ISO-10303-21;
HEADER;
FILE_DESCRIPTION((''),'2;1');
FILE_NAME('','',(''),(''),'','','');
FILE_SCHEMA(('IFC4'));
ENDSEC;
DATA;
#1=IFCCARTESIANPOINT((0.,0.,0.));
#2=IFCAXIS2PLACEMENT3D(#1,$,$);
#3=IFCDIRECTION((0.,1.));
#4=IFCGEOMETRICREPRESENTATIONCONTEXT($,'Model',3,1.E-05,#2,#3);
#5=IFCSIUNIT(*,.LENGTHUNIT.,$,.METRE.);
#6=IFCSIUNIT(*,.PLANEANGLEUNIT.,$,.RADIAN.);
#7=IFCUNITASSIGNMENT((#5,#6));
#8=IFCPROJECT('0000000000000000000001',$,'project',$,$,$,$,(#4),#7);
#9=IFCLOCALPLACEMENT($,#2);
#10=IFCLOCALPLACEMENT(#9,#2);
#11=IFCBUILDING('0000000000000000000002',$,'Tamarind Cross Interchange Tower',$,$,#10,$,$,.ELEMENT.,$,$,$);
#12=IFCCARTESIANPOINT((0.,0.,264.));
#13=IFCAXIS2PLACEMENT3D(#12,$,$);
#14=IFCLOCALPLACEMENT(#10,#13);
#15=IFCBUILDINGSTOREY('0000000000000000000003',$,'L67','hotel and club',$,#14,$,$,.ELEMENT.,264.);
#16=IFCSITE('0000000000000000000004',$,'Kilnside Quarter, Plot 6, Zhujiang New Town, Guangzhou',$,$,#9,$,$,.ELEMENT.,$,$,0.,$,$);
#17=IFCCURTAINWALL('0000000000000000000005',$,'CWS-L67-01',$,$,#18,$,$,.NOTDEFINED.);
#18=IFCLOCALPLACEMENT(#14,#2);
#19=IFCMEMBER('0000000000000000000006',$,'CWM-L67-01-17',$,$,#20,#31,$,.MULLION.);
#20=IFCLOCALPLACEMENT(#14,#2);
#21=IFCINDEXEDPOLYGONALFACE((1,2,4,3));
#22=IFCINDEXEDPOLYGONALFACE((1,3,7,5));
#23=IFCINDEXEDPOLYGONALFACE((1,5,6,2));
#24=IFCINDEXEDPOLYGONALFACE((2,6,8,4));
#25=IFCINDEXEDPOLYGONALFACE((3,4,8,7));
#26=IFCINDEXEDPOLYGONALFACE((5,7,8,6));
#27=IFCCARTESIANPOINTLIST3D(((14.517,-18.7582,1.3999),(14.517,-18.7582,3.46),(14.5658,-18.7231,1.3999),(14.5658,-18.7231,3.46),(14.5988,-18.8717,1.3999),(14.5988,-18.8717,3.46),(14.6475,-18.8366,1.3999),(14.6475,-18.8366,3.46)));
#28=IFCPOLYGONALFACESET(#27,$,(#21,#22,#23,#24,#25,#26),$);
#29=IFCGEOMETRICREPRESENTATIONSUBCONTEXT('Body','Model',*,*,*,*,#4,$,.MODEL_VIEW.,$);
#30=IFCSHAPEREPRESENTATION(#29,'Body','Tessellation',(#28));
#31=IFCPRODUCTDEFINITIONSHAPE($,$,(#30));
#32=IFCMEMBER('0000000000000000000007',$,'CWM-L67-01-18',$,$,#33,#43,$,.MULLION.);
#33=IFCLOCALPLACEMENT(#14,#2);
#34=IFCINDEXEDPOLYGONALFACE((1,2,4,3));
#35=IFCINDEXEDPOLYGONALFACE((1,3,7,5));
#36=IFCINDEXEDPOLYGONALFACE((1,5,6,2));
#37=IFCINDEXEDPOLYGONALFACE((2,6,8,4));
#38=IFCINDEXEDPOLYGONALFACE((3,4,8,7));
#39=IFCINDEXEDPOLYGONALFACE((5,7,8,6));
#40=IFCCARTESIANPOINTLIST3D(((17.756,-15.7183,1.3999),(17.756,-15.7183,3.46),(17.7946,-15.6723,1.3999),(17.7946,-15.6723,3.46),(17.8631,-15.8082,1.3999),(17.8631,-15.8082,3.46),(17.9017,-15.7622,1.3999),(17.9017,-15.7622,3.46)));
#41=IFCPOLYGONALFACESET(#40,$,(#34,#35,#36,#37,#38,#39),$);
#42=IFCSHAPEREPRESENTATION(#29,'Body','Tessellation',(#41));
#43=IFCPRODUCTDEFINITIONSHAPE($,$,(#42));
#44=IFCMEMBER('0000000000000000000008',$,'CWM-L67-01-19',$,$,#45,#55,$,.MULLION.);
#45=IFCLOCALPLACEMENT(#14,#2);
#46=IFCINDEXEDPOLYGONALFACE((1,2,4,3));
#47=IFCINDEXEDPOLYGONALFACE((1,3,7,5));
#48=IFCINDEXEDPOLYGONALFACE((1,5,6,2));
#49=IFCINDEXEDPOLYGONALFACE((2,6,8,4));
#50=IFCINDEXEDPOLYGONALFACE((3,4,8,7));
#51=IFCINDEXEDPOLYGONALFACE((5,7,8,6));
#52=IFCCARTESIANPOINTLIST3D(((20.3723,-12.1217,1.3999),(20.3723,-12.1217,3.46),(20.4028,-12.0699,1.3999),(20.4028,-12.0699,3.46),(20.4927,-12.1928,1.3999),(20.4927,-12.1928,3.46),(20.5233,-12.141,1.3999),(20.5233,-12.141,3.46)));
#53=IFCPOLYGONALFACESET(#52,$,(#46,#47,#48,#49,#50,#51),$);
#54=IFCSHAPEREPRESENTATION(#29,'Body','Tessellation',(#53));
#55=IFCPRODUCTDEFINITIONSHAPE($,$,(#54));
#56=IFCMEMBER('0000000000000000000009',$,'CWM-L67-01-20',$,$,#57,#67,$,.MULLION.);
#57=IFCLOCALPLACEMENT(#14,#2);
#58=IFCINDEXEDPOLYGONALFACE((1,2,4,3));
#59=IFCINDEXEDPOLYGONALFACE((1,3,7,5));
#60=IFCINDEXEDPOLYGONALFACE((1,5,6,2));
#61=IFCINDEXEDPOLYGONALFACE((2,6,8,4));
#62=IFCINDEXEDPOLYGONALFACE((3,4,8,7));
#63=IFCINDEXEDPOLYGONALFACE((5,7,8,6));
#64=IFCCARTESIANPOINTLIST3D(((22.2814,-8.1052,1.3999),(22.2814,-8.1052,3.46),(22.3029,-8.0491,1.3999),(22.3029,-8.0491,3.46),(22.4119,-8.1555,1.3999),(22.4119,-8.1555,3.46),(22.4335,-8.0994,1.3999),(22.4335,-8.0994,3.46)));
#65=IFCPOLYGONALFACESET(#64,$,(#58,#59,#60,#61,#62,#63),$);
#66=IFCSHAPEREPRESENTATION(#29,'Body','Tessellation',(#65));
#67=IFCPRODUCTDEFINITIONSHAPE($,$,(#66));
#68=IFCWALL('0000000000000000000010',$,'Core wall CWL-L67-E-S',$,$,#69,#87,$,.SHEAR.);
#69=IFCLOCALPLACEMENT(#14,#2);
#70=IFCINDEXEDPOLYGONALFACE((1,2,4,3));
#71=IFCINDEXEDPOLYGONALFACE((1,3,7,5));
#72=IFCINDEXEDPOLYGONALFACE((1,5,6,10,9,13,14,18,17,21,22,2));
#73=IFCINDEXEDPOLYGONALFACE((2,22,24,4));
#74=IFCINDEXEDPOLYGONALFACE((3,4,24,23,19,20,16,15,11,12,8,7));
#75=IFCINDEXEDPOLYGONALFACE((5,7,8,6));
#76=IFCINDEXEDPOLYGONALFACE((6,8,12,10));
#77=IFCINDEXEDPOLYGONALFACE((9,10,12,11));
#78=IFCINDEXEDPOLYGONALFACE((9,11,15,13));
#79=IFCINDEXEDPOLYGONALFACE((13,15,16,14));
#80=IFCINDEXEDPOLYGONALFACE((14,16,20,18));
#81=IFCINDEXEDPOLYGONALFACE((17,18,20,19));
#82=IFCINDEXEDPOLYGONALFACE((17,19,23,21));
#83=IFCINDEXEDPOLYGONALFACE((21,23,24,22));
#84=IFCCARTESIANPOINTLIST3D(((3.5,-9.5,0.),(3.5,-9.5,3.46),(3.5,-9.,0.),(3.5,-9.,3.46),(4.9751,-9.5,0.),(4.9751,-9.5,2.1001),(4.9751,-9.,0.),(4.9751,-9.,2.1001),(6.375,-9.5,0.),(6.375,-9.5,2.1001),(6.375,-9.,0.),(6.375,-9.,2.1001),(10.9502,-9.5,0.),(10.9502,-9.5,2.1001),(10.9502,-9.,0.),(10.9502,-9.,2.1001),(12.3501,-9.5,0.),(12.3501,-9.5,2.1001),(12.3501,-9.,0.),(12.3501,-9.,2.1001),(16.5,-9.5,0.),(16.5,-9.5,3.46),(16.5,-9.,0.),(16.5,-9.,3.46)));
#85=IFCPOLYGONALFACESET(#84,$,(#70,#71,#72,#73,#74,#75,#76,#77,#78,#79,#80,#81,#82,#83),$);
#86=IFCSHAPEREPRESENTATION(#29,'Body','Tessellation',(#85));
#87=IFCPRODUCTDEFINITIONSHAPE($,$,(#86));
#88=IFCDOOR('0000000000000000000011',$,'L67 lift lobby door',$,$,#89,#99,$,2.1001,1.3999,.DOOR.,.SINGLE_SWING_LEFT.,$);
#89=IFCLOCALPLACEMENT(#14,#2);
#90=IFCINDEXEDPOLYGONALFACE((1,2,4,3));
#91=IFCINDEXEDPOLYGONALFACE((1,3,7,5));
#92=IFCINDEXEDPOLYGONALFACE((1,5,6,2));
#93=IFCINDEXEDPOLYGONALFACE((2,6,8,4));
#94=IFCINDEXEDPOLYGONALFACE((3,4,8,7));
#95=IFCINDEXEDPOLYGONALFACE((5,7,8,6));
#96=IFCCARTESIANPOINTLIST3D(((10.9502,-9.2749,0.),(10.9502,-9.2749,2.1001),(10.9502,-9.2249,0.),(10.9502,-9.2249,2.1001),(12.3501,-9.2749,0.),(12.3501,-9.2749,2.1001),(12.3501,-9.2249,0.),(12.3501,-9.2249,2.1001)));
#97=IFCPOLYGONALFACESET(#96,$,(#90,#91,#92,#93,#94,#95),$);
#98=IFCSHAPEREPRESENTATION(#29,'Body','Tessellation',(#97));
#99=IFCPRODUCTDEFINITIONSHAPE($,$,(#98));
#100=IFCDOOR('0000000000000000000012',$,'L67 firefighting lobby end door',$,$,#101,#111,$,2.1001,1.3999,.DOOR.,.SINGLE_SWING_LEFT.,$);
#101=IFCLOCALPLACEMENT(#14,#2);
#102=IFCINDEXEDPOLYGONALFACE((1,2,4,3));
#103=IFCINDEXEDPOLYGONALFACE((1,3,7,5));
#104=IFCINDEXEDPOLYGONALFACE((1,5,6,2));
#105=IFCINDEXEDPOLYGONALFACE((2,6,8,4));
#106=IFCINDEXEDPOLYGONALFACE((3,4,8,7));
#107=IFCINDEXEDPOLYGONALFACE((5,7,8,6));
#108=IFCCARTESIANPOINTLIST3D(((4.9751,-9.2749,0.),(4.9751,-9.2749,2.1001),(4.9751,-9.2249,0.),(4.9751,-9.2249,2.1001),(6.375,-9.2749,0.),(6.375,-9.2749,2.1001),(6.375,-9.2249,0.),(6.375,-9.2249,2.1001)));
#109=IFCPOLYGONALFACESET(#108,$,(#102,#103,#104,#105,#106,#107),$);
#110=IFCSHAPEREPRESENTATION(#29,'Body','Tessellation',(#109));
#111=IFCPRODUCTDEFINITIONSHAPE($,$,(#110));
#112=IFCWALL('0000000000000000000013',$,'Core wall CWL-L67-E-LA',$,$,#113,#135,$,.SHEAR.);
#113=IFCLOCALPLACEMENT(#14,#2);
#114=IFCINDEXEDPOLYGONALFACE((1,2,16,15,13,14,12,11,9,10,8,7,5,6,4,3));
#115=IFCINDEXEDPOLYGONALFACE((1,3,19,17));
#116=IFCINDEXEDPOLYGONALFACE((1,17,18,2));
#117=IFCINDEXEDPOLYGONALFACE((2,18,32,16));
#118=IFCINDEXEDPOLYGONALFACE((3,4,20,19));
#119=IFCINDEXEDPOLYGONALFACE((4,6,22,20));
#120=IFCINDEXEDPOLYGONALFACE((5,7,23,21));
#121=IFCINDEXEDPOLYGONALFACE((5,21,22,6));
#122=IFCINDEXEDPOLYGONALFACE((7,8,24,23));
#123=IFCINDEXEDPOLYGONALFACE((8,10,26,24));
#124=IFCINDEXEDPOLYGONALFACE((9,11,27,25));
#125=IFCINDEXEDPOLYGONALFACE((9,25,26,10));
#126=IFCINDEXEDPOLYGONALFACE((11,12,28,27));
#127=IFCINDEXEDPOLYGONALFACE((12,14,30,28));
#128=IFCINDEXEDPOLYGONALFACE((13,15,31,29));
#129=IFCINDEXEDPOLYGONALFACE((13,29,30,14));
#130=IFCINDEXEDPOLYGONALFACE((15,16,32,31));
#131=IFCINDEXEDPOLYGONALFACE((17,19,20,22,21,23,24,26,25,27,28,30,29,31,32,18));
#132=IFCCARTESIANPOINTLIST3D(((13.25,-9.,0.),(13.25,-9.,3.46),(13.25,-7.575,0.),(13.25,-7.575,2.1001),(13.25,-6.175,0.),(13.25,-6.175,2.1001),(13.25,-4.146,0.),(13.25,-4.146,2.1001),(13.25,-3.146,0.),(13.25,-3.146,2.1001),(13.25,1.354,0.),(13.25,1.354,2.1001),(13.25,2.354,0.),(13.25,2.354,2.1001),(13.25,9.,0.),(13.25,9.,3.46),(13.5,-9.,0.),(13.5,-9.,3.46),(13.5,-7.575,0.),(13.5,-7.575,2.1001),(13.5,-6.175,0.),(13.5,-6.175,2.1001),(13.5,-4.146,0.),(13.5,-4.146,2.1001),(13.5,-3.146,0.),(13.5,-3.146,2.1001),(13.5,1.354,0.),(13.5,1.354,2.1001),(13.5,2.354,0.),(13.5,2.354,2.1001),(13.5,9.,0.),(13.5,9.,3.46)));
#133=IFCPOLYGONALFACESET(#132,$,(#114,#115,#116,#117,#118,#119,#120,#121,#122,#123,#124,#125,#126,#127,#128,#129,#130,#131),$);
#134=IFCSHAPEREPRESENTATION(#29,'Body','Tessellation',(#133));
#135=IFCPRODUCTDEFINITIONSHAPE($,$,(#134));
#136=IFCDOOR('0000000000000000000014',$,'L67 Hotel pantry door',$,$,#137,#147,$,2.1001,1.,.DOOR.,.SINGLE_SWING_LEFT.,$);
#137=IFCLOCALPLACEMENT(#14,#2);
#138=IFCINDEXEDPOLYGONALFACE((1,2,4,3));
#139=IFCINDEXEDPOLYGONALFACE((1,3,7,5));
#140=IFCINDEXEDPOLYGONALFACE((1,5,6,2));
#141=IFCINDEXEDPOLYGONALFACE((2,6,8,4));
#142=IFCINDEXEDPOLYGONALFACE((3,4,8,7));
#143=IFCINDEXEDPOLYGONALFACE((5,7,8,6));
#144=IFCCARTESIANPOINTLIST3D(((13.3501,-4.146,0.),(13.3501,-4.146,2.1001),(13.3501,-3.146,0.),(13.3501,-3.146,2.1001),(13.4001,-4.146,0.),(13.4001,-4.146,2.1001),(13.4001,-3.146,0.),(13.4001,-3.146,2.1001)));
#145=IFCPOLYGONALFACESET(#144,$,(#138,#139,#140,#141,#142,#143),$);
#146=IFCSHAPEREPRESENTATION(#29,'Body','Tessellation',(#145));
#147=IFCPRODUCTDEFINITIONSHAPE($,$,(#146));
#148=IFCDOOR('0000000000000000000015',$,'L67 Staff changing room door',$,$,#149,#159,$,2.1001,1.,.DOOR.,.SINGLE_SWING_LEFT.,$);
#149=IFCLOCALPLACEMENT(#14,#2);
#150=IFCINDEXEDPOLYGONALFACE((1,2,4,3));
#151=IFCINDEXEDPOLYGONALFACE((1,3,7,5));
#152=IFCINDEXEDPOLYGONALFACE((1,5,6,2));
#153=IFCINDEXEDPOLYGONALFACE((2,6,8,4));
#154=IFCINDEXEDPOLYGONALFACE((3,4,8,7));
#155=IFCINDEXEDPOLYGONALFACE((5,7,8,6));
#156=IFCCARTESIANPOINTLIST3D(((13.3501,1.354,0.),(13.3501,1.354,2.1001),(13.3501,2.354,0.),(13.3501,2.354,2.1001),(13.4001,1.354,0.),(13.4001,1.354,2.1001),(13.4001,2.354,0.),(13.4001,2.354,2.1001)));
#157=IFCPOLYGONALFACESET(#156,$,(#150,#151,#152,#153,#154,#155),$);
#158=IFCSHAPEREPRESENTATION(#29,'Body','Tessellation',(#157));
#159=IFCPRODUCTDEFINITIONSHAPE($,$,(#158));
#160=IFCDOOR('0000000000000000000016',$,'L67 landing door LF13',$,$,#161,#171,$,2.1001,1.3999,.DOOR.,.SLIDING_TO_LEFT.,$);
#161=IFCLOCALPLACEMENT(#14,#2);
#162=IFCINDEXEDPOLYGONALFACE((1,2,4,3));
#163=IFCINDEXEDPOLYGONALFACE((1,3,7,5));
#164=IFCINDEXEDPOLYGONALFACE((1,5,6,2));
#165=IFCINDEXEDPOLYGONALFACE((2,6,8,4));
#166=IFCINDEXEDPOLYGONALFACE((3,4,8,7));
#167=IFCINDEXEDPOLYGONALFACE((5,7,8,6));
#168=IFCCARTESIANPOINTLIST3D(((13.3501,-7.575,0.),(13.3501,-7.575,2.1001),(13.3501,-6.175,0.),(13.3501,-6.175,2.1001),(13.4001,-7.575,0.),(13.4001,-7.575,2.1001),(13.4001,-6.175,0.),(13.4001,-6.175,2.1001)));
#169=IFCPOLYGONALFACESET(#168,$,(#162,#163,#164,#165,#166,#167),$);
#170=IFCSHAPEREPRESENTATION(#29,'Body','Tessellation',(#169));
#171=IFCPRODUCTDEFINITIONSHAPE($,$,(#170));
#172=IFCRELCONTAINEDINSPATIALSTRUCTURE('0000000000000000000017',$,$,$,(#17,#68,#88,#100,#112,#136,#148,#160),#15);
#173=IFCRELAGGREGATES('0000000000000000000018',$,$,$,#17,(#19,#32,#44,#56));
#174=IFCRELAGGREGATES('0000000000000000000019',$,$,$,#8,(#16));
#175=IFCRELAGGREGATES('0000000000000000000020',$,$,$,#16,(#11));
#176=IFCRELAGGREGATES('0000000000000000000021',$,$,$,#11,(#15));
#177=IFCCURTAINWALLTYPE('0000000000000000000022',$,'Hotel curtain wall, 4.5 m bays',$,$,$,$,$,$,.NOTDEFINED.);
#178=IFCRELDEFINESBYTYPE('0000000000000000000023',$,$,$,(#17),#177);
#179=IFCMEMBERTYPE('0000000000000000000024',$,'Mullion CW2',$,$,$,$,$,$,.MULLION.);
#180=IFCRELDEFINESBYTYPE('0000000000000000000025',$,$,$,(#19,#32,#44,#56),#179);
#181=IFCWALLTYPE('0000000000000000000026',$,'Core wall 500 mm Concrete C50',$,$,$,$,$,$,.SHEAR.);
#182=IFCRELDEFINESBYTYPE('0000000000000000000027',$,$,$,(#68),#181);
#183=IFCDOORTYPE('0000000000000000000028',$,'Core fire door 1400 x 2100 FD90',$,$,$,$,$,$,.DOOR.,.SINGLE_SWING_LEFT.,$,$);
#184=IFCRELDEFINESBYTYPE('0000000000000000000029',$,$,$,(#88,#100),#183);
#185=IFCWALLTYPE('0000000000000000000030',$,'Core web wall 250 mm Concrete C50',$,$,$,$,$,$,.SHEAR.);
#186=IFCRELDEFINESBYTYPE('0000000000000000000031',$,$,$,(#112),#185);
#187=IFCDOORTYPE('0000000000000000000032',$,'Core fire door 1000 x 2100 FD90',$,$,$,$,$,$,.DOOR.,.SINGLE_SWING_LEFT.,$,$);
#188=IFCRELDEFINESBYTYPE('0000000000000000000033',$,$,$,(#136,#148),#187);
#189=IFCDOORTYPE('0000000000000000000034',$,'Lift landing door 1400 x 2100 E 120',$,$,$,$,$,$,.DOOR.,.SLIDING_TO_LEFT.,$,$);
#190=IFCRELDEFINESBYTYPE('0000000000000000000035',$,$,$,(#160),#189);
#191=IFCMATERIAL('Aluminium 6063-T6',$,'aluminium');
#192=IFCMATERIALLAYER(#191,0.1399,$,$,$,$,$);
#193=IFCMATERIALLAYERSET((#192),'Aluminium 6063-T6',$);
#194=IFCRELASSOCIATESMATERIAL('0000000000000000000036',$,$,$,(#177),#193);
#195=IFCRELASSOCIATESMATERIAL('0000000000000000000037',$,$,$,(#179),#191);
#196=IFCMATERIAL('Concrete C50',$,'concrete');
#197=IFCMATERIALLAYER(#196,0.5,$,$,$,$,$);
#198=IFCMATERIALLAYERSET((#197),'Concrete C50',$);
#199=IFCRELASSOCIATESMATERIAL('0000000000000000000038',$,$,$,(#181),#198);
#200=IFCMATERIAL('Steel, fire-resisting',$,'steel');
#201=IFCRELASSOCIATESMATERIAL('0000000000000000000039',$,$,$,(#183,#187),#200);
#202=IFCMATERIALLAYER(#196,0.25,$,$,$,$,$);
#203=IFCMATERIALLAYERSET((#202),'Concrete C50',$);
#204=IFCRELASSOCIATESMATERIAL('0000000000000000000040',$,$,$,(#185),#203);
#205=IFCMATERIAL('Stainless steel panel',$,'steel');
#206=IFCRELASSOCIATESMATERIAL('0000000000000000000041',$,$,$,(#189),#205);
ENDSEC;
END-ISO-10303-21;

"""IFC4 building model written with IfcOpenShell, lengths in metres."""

from ifc_helpers import new_model, si_unit, direction, frame, frame_2d, origin, origin_2d, place, context, subcontext, project, spatial, rectangle, extrude, material, layer, layer_set, material_profile, profile_set, type_object, element, fill, aggregate, save


model = new_model("IFC4")

# Units and contexts
model_context = context("Model", 3, precision=1e-05, world=origin(), true_north=direction((0.0, 1.0)))
body_context = subcontext(model_context, "Body", "Model", "MODEL_VIEW")
ifc_project = project(units=[si_unit("LENGTHUNIT", "METRE"), si_unit("PLANEANGLEUNIT", "RADIAN")], contexts=[model_context])

# Site, building, storey
site_placement = place(None, origin())
site = spatial("IfcSite", under=ifc_project, at=site_placement, Name="Kilnside Quarter, Plot 6, Zhujiang New Town, Guangzhou", CompositionType="ELEMENT", RefElevation=0.0)
building_placement = place(site_placement, origin())
building = spatial("IfcBuilding", under=site, at=building_placement, Name="Tamarind Cross Interchange Tower", CompositionType="ELEMENT")
storey_placement = place(building_placement, frame((0.0, 0.0, 264.0)))
storey = spatial("IfcBuildingStorey", under=building, at=storey_placement, Name="L67", Description="hotel and club", CompositionType="ELEMENT", Elevation=264.0)

# Curtain wall, members
ifc_material_1 = material(Name="Aluminium 6063-T6", Category="aluminium")
ifc_layer_1 = layer(ifc_material_1, 0.1399)
ifc_layer_set_1 = layer_set([ifc_layer_1], Name="Aluminium 6063-T6")
curtain_wall_type = type_object("IfcCurtainWallType", Name="Hotel curtain wall, 4.5 m bays", PredefinedType="NOTDEFINED", material=ifc_layer_set_1)
curtain_wall_placement = place(storey_placement, origin())
curtain_wall = element("IfcCurtainWall", 1, at=curtain_wall_placement, inside=storey, type_object=curtain_wall_type, Name="CWS-L67-01", PredefinedType="NOTDEFINED")
ifc_material_profile_1 = material_profile(ifc_material_1, rectangle(XDim=0.0601, YDim=0.1399, at=origin_2d()), Name="Mullion CW2")
ifc_profile_set_1 = profile_set([ifc_material_profile_1], Name="Aluminium 6063-T6")
member_type = type_object("IfcMemberType", Name="Mullion CW2", PredefinedType="MULLION", material=ifc_profile_set_1)
member_1_placement = place(storey_placement, frame((14.5823, -18.7974, 1.3999), z_axis=(0.0, 0.0, 1.0), x_axis=(0.81134, 0.584574, 0.0)))
member_1 = element("IfcMember", 2, at=member_1_placement, type_object=member_type, Name="CWM-L67-01-17", PredefinedType="MULLION", context=body_context, shape_type="SweptSolid", body=[
    extrude(rectangle(XDim=0.0601, YDim=0.1399, at=origin_2d()), origin(), (0.0, 0.0, 1.0), 2.0601),
])
member_2_placement = place(storey_placement, frame((17.8289, -15.7402, 1.3999), z_axis=(0.0, 0.0, 1.0), x_axis=(0.643009, 0.765858, 0.0)))
member_2 = element("IfcMember", 3, at=member_2_placement, type_object=member_type, Name="CWM-L67-01-18", PredefinedType="MULLION", context=body_context, shape_type="SweptSolid", body=[
    extrude(rectangle(XDim=0.0601, YDim=0.1399, at=origin_2d()), origin(), (0.0, 0.0, 1.0), 2.0601),
])
member_3_placement = place(storey_placement, frame((20.4478, -12.1313, 1.3999), z_axis=(0.0, 0.0, 1.0), x_axis=(0.508183, 0.861249, 0.0)))
member_3 = element("IfcMember", 4, at=member_3_placement, type_object=member_type, Name="CWM-L67-01-19", PredefinedType="MULLION", context=body_context, shape_type="SweptSolid", body=[
    extrude(rectangle(XDim=0.0601, YDim=0.1399, at=origin_2d()), origin(), (0.0, 0.0, 1.0), 2.0601),
])
member_4_placement = place(storey_placement, frame((22.3574, -8.1023, 1.3999), z_axis=(0.0, 0.0, 1.0), x_axis=(0.359495, 0.933147, 0.0)))
member_4 = element("IfcMember", 5, at=member_4_placement, type_object=member_type, Name="CWM-L67-01-20", PredefinedType="MULLION", context=body_context, shape_type="SweptSolid", body=[
    extrude(rectangle(XDim=0.0601, YDim=0.1399, at=origin_2d()), origin(), (0.0, 0.0, 1.0), 2.0601),
])
aggregate(curtain_wall, [member_1, member_2, member_3, member_4])

# Walls, openings, doors
ifc_material_2 = material(Name="Concrete C50", Category="concrete")
ifc_layer_2 = layer(ifc_material_2, 0.5)
ifc_layer_set_2 = layer_set([ifc_layer_2], Name="Concrete C50")
wall_type_1 = type_object("IfcWallType", Name="Core wall 500 mm Concrete C50", PredefinedType="SHEAR", material=ifc_layer_set_2)
wall_1_placement = place(storey_placement, frame((16.5, -9.25, 0.0), z_axis=(0.0, 0.0, 1.0), x_axis=(-1.0, 0.0, 0.0)))
wall_1 = element("IfcWall", 6, at=wall_1_placement, inside=storey, type_object=wall_type_1, Name="Core wall CWL-L67-E-S", PredefinedType="SHEAR", context=body_context, shape_type="SweptSolid", body=[
    extrude(rectangle(XDim=13.0, YDim=0.5, at=frame_2d((6.5, 0.0))), origin(), (0.0, 0.0, 1.0), 3.46),
])
opening_1_placement = place(wall_1_placement, frame((4.1499, 0.0, 0.0)))
opening_1 = element("IfcOpeningElement", 7, at=opening_1_placement, cuts=wall_1, PredefinedType="OPENING", context=body_context, shape_type="SweptSolid", body=[
    extrude(rectangle(XDim=1.3999, YDim=2.1001, at=frame_2d((0.7, 1.05))), frame((0.0, 0.26, 0.0), z_axis=(0.0, -1.0, 0.0), x_axis=(1.0, 0.0, 0.0)), (0.0, 0.0, 1.0), 0.52),
])
opening_2_placement = place(wall_1_placement, frame((10.125, 0.0, 0.0)))
opening_2 = element("IfcOpeningElement", 8, at=opening_2_placement, cuts=wall_1, PredefinedType="OPENING", context=body_context, shape_type="SweptSolid", body=[
    extrude(rectangle(XDim=1.3999, YDim=2.1001, at=frame_2d((0.7, 1.05))), frame((0.0, 0.26, 0.0), z_axis=(0.0, -1.0, 0.0), x_axis=(1.0, 0.0, 0.0)), (0.0, 0.0, 1.0), 0.52),
])
ifc_material_3 = material(Name="Steel, fire-resisting", Category="steel")
door_type_1 = type_object("IfcDoorType", Name="Core fire door 1400 x 2100 FD90", OperationType="SINGLE_SWING_LEFT", PredefinedType="DOOR", material=ifc_material_3)
door_1_placement = place(opening_1_placement, origin())
door_1 = element("IfcDoor", 9, at=door_1_placement, inside=storey, type_object=door_type_1, Name="L67 lift lobby door", OperationType="SINGLE_SWING_LEFT", OverallHeight=2.1001, OverallWidth=1.3999, PredefinedType="DOOR", context=body_context, shape_type="SweptSolid", body=[
    extrude(rectangle(XDim=1.3999, YDim=2.1001, at=frame_2d((0.7, 1.05))), frame((0.0, 0.0249, 0.0), z_axis=(0.0, -1.0, 0.0), x_axis=(1.0, 0.0, 0.0)), (0.0, 0.0, 1.0), 0.05),
])
fill(opening_1, door_1)
door_2_placement = place(opening_2_placement, origin())
door_2 = element("IfcDoor", 10, at=door_2_placement, inside=storey, type_object=door_type_1, Name="L67 firefighting lobby end door", OperationType="SINGLE_SWING_LEFT", OverallHeight=2.1001, OverallWidth=1.3999, PredefinedType="DOOR", context=body_context, shape_type="SweptSolid", body=[
    extrude(rectangle(XDim=1.3999, YDim=2.1001, at=frame_2d((0.7, 1.05))), frame((0.0, 0.0249, 0.0), z_axis=(0.0, -1.0, 0.0), x_axis=(1.0, 0.0, 0.0)), (0.0, 0.0, 1.0), 0.05),
])
fill(opening_2, door_2)
ifc_layer_3 = layer(ifc_material_2, 0.25)
ifc_layer_set_3 = layer_set([ifc_layer_3], Name="Concrete C50")
wall_type_2 = type_object("IfcWallType", Name="Core web wall 250 mm Concrete C50", PredefinedType="SHEAR", material=ifc_layer_set_3)
wall_2_placement = place(storey_placement, frame((13.375, -9.0, 0.0), z_axis=(0.0, 0.0, 1.0), x_axis=(0.0, 1.0, 0.0)))
wall_2 = element("IfcWall", 11, at=wall_2_placement, inside=storey, type_object=wall_type_2, Name="Core wall CWL-L67-E-LA", PredefinedType="SHEAR", context=body_context, shape_type="SweptSolid", body=[
    extrude(rectangle(XDim=18.0, YDim=0.25, at=frame_2d((9.0, 0.0))), origin(), (0.0, 0.0, 1.0), 3.46),
])
opening_3_placement = place(wall_2_placement, frame((1.425, 0.0, 0.0)))
opening_3 = element("IfcOpeningElement", 12, at=opening_3_placement, cuts=wall_2, PredefinedType="OPENING", context=body_context, shape_type="SweptSolid", body=[
    extrude(rectangle(XDim=1.3999, YDim=2.1001, at=frame_2d((0.7, 1.05))), frame((0.0, 0.135, 0.0), z_axis=(0.0, -1.0, 0.0), x_axis=(1.0, 0.0, 0.0)), (0.0, 0.0, 1.0), 0.27),
])
opening_4_placement = place(wall_2_placement, frame((4.854, 0.0, 0.0)))
opening_4 = element("IfcOpeningElement", 13, at=opening_4_placement, cuts=wall_2, PredefinedType="OPENING", context=body_context, shape_type="SweptSolid", body=[
    extrude(rectangle(XDim=1.0, YDim=2.1001, at=frame_2d((0.5, 1.05))), frame((0.0, 0.135, 0.0), z_axis=(0.0, -1.0, 0.0), x_axis=(1.0, 0.0, 0.0)), (0.0, 0.0, 1.0), 0.27),
])
opening_5_placement = place(wall_2_placement, frame((10.354, 0.0, 0.0)))
opening_5 = element("IfcOpeningElement", 14, at=opening_5_placement, cuts=wall_2, PredefinedType="OPENING", context=body_context, shape_type="SweptSolid", body=[
    extrude(rectangle(XDim=1.0, YDim=2.1001, at=frame_2d((0.5, 1.05))), frame((0.0, 0.135, 0.0), z_axis=(0.0, -1.0, 0.0), x_axis=(1.0, 0.0, 0.0)), (0.0, 0.0, 1.0), 0.27),
])
door_type_2 = type_object("IfcDoorType", Name="Core fire door 1000 x 2100 FD90", OperationType="SINGLE_SWING_LEFT", PredefinedType="DOOR", material=ifc_material_3)
door_3_placement = place(opening_4_placement, origin())
door_3 = element("IfcDoor", 15, at=door_3_placement, inside=storey, type_object=door_type_2, Name="L67 Hotel pantry door", OperationType="SINGLE_SWING_LEFT", OverallHeight=2.1001, OverallWidth=1.0, PredefinedType="DOOR", context=body_context, shape_type="SweptSolid", body=[
    extrude(rectangle(XDim=1.0, YDim=2.1001, at=frame_2d((0.5, 1.05))), frame((0.0, 0.0249, 0.0), z_axis=(0.0, -1.0, 0.0), x_axis=(1.0, 0.0, 0.0)), (0.0, 0.0, 1.0), 0.05),
])
fill(opening_4, door_3)
door_4_placement = place(opening_5_placement, origin())
door_4 = element("IfcDoor", 16, at=door_4_placement, inside=storey, type_object=door_type_2, Name="L67 Staff changing room door", OperationType="SINGLE_SWING_LEFT", OverallHeight=2.1001, OverallWidth=1.0, PredefinedType="DOOR", context=body_context, shape_type="SweptSolid", body=[
    extrude(rectangle(XDim=1.0, YDim=2.1001, at=frame_2d((0.5, 1.05))), frame((0.0, 0.0249, 0.0), z_axis=(0.0, -1.0, 0.0), x_axis=(1.0, 0.0, 0.0)), (0.0, 0.0, 1.0), 0.05),
])
fill(opening_5, door_4)
ifc_material_4 = material(Name="Stainless steel panel", Category="steel")
door_type_3 = type_object("IfcDoorType", Name="Lift landing door 1400 x 2100 E 120", OperationType="SLIDING_TO_LEFT", PredefinedType="DOOR", material=ifc_material_4)
door_5_placement = place(opening_3_placement, origin())
door_5 = element("IfcDoor", 17, at=door_5_placement, inside=storey, type_object=door_type_3, Name="L67 landing door LF13", OperationType="SLIDING_TO_LEFT", OverallHeight=2.1001, OverallWidth=1.3999, PredefinedType="DOOR", context=body_context, shape_type="SweptSolid", body=[
    extrude(rectangle(XDim=1.3999, YDim=2.1001, at=frame_2d((0.7, 1.05))), frame((0.0, 0.0249, 0.0), z_axis=(0.0, -1.0, 0.0), x_axis=(1.0, 0.0, 0.0)), (0.0, 0.0, 1.0), 0.05),
])
fill(opening_3, door_5)

save(model, "model.ifc")
